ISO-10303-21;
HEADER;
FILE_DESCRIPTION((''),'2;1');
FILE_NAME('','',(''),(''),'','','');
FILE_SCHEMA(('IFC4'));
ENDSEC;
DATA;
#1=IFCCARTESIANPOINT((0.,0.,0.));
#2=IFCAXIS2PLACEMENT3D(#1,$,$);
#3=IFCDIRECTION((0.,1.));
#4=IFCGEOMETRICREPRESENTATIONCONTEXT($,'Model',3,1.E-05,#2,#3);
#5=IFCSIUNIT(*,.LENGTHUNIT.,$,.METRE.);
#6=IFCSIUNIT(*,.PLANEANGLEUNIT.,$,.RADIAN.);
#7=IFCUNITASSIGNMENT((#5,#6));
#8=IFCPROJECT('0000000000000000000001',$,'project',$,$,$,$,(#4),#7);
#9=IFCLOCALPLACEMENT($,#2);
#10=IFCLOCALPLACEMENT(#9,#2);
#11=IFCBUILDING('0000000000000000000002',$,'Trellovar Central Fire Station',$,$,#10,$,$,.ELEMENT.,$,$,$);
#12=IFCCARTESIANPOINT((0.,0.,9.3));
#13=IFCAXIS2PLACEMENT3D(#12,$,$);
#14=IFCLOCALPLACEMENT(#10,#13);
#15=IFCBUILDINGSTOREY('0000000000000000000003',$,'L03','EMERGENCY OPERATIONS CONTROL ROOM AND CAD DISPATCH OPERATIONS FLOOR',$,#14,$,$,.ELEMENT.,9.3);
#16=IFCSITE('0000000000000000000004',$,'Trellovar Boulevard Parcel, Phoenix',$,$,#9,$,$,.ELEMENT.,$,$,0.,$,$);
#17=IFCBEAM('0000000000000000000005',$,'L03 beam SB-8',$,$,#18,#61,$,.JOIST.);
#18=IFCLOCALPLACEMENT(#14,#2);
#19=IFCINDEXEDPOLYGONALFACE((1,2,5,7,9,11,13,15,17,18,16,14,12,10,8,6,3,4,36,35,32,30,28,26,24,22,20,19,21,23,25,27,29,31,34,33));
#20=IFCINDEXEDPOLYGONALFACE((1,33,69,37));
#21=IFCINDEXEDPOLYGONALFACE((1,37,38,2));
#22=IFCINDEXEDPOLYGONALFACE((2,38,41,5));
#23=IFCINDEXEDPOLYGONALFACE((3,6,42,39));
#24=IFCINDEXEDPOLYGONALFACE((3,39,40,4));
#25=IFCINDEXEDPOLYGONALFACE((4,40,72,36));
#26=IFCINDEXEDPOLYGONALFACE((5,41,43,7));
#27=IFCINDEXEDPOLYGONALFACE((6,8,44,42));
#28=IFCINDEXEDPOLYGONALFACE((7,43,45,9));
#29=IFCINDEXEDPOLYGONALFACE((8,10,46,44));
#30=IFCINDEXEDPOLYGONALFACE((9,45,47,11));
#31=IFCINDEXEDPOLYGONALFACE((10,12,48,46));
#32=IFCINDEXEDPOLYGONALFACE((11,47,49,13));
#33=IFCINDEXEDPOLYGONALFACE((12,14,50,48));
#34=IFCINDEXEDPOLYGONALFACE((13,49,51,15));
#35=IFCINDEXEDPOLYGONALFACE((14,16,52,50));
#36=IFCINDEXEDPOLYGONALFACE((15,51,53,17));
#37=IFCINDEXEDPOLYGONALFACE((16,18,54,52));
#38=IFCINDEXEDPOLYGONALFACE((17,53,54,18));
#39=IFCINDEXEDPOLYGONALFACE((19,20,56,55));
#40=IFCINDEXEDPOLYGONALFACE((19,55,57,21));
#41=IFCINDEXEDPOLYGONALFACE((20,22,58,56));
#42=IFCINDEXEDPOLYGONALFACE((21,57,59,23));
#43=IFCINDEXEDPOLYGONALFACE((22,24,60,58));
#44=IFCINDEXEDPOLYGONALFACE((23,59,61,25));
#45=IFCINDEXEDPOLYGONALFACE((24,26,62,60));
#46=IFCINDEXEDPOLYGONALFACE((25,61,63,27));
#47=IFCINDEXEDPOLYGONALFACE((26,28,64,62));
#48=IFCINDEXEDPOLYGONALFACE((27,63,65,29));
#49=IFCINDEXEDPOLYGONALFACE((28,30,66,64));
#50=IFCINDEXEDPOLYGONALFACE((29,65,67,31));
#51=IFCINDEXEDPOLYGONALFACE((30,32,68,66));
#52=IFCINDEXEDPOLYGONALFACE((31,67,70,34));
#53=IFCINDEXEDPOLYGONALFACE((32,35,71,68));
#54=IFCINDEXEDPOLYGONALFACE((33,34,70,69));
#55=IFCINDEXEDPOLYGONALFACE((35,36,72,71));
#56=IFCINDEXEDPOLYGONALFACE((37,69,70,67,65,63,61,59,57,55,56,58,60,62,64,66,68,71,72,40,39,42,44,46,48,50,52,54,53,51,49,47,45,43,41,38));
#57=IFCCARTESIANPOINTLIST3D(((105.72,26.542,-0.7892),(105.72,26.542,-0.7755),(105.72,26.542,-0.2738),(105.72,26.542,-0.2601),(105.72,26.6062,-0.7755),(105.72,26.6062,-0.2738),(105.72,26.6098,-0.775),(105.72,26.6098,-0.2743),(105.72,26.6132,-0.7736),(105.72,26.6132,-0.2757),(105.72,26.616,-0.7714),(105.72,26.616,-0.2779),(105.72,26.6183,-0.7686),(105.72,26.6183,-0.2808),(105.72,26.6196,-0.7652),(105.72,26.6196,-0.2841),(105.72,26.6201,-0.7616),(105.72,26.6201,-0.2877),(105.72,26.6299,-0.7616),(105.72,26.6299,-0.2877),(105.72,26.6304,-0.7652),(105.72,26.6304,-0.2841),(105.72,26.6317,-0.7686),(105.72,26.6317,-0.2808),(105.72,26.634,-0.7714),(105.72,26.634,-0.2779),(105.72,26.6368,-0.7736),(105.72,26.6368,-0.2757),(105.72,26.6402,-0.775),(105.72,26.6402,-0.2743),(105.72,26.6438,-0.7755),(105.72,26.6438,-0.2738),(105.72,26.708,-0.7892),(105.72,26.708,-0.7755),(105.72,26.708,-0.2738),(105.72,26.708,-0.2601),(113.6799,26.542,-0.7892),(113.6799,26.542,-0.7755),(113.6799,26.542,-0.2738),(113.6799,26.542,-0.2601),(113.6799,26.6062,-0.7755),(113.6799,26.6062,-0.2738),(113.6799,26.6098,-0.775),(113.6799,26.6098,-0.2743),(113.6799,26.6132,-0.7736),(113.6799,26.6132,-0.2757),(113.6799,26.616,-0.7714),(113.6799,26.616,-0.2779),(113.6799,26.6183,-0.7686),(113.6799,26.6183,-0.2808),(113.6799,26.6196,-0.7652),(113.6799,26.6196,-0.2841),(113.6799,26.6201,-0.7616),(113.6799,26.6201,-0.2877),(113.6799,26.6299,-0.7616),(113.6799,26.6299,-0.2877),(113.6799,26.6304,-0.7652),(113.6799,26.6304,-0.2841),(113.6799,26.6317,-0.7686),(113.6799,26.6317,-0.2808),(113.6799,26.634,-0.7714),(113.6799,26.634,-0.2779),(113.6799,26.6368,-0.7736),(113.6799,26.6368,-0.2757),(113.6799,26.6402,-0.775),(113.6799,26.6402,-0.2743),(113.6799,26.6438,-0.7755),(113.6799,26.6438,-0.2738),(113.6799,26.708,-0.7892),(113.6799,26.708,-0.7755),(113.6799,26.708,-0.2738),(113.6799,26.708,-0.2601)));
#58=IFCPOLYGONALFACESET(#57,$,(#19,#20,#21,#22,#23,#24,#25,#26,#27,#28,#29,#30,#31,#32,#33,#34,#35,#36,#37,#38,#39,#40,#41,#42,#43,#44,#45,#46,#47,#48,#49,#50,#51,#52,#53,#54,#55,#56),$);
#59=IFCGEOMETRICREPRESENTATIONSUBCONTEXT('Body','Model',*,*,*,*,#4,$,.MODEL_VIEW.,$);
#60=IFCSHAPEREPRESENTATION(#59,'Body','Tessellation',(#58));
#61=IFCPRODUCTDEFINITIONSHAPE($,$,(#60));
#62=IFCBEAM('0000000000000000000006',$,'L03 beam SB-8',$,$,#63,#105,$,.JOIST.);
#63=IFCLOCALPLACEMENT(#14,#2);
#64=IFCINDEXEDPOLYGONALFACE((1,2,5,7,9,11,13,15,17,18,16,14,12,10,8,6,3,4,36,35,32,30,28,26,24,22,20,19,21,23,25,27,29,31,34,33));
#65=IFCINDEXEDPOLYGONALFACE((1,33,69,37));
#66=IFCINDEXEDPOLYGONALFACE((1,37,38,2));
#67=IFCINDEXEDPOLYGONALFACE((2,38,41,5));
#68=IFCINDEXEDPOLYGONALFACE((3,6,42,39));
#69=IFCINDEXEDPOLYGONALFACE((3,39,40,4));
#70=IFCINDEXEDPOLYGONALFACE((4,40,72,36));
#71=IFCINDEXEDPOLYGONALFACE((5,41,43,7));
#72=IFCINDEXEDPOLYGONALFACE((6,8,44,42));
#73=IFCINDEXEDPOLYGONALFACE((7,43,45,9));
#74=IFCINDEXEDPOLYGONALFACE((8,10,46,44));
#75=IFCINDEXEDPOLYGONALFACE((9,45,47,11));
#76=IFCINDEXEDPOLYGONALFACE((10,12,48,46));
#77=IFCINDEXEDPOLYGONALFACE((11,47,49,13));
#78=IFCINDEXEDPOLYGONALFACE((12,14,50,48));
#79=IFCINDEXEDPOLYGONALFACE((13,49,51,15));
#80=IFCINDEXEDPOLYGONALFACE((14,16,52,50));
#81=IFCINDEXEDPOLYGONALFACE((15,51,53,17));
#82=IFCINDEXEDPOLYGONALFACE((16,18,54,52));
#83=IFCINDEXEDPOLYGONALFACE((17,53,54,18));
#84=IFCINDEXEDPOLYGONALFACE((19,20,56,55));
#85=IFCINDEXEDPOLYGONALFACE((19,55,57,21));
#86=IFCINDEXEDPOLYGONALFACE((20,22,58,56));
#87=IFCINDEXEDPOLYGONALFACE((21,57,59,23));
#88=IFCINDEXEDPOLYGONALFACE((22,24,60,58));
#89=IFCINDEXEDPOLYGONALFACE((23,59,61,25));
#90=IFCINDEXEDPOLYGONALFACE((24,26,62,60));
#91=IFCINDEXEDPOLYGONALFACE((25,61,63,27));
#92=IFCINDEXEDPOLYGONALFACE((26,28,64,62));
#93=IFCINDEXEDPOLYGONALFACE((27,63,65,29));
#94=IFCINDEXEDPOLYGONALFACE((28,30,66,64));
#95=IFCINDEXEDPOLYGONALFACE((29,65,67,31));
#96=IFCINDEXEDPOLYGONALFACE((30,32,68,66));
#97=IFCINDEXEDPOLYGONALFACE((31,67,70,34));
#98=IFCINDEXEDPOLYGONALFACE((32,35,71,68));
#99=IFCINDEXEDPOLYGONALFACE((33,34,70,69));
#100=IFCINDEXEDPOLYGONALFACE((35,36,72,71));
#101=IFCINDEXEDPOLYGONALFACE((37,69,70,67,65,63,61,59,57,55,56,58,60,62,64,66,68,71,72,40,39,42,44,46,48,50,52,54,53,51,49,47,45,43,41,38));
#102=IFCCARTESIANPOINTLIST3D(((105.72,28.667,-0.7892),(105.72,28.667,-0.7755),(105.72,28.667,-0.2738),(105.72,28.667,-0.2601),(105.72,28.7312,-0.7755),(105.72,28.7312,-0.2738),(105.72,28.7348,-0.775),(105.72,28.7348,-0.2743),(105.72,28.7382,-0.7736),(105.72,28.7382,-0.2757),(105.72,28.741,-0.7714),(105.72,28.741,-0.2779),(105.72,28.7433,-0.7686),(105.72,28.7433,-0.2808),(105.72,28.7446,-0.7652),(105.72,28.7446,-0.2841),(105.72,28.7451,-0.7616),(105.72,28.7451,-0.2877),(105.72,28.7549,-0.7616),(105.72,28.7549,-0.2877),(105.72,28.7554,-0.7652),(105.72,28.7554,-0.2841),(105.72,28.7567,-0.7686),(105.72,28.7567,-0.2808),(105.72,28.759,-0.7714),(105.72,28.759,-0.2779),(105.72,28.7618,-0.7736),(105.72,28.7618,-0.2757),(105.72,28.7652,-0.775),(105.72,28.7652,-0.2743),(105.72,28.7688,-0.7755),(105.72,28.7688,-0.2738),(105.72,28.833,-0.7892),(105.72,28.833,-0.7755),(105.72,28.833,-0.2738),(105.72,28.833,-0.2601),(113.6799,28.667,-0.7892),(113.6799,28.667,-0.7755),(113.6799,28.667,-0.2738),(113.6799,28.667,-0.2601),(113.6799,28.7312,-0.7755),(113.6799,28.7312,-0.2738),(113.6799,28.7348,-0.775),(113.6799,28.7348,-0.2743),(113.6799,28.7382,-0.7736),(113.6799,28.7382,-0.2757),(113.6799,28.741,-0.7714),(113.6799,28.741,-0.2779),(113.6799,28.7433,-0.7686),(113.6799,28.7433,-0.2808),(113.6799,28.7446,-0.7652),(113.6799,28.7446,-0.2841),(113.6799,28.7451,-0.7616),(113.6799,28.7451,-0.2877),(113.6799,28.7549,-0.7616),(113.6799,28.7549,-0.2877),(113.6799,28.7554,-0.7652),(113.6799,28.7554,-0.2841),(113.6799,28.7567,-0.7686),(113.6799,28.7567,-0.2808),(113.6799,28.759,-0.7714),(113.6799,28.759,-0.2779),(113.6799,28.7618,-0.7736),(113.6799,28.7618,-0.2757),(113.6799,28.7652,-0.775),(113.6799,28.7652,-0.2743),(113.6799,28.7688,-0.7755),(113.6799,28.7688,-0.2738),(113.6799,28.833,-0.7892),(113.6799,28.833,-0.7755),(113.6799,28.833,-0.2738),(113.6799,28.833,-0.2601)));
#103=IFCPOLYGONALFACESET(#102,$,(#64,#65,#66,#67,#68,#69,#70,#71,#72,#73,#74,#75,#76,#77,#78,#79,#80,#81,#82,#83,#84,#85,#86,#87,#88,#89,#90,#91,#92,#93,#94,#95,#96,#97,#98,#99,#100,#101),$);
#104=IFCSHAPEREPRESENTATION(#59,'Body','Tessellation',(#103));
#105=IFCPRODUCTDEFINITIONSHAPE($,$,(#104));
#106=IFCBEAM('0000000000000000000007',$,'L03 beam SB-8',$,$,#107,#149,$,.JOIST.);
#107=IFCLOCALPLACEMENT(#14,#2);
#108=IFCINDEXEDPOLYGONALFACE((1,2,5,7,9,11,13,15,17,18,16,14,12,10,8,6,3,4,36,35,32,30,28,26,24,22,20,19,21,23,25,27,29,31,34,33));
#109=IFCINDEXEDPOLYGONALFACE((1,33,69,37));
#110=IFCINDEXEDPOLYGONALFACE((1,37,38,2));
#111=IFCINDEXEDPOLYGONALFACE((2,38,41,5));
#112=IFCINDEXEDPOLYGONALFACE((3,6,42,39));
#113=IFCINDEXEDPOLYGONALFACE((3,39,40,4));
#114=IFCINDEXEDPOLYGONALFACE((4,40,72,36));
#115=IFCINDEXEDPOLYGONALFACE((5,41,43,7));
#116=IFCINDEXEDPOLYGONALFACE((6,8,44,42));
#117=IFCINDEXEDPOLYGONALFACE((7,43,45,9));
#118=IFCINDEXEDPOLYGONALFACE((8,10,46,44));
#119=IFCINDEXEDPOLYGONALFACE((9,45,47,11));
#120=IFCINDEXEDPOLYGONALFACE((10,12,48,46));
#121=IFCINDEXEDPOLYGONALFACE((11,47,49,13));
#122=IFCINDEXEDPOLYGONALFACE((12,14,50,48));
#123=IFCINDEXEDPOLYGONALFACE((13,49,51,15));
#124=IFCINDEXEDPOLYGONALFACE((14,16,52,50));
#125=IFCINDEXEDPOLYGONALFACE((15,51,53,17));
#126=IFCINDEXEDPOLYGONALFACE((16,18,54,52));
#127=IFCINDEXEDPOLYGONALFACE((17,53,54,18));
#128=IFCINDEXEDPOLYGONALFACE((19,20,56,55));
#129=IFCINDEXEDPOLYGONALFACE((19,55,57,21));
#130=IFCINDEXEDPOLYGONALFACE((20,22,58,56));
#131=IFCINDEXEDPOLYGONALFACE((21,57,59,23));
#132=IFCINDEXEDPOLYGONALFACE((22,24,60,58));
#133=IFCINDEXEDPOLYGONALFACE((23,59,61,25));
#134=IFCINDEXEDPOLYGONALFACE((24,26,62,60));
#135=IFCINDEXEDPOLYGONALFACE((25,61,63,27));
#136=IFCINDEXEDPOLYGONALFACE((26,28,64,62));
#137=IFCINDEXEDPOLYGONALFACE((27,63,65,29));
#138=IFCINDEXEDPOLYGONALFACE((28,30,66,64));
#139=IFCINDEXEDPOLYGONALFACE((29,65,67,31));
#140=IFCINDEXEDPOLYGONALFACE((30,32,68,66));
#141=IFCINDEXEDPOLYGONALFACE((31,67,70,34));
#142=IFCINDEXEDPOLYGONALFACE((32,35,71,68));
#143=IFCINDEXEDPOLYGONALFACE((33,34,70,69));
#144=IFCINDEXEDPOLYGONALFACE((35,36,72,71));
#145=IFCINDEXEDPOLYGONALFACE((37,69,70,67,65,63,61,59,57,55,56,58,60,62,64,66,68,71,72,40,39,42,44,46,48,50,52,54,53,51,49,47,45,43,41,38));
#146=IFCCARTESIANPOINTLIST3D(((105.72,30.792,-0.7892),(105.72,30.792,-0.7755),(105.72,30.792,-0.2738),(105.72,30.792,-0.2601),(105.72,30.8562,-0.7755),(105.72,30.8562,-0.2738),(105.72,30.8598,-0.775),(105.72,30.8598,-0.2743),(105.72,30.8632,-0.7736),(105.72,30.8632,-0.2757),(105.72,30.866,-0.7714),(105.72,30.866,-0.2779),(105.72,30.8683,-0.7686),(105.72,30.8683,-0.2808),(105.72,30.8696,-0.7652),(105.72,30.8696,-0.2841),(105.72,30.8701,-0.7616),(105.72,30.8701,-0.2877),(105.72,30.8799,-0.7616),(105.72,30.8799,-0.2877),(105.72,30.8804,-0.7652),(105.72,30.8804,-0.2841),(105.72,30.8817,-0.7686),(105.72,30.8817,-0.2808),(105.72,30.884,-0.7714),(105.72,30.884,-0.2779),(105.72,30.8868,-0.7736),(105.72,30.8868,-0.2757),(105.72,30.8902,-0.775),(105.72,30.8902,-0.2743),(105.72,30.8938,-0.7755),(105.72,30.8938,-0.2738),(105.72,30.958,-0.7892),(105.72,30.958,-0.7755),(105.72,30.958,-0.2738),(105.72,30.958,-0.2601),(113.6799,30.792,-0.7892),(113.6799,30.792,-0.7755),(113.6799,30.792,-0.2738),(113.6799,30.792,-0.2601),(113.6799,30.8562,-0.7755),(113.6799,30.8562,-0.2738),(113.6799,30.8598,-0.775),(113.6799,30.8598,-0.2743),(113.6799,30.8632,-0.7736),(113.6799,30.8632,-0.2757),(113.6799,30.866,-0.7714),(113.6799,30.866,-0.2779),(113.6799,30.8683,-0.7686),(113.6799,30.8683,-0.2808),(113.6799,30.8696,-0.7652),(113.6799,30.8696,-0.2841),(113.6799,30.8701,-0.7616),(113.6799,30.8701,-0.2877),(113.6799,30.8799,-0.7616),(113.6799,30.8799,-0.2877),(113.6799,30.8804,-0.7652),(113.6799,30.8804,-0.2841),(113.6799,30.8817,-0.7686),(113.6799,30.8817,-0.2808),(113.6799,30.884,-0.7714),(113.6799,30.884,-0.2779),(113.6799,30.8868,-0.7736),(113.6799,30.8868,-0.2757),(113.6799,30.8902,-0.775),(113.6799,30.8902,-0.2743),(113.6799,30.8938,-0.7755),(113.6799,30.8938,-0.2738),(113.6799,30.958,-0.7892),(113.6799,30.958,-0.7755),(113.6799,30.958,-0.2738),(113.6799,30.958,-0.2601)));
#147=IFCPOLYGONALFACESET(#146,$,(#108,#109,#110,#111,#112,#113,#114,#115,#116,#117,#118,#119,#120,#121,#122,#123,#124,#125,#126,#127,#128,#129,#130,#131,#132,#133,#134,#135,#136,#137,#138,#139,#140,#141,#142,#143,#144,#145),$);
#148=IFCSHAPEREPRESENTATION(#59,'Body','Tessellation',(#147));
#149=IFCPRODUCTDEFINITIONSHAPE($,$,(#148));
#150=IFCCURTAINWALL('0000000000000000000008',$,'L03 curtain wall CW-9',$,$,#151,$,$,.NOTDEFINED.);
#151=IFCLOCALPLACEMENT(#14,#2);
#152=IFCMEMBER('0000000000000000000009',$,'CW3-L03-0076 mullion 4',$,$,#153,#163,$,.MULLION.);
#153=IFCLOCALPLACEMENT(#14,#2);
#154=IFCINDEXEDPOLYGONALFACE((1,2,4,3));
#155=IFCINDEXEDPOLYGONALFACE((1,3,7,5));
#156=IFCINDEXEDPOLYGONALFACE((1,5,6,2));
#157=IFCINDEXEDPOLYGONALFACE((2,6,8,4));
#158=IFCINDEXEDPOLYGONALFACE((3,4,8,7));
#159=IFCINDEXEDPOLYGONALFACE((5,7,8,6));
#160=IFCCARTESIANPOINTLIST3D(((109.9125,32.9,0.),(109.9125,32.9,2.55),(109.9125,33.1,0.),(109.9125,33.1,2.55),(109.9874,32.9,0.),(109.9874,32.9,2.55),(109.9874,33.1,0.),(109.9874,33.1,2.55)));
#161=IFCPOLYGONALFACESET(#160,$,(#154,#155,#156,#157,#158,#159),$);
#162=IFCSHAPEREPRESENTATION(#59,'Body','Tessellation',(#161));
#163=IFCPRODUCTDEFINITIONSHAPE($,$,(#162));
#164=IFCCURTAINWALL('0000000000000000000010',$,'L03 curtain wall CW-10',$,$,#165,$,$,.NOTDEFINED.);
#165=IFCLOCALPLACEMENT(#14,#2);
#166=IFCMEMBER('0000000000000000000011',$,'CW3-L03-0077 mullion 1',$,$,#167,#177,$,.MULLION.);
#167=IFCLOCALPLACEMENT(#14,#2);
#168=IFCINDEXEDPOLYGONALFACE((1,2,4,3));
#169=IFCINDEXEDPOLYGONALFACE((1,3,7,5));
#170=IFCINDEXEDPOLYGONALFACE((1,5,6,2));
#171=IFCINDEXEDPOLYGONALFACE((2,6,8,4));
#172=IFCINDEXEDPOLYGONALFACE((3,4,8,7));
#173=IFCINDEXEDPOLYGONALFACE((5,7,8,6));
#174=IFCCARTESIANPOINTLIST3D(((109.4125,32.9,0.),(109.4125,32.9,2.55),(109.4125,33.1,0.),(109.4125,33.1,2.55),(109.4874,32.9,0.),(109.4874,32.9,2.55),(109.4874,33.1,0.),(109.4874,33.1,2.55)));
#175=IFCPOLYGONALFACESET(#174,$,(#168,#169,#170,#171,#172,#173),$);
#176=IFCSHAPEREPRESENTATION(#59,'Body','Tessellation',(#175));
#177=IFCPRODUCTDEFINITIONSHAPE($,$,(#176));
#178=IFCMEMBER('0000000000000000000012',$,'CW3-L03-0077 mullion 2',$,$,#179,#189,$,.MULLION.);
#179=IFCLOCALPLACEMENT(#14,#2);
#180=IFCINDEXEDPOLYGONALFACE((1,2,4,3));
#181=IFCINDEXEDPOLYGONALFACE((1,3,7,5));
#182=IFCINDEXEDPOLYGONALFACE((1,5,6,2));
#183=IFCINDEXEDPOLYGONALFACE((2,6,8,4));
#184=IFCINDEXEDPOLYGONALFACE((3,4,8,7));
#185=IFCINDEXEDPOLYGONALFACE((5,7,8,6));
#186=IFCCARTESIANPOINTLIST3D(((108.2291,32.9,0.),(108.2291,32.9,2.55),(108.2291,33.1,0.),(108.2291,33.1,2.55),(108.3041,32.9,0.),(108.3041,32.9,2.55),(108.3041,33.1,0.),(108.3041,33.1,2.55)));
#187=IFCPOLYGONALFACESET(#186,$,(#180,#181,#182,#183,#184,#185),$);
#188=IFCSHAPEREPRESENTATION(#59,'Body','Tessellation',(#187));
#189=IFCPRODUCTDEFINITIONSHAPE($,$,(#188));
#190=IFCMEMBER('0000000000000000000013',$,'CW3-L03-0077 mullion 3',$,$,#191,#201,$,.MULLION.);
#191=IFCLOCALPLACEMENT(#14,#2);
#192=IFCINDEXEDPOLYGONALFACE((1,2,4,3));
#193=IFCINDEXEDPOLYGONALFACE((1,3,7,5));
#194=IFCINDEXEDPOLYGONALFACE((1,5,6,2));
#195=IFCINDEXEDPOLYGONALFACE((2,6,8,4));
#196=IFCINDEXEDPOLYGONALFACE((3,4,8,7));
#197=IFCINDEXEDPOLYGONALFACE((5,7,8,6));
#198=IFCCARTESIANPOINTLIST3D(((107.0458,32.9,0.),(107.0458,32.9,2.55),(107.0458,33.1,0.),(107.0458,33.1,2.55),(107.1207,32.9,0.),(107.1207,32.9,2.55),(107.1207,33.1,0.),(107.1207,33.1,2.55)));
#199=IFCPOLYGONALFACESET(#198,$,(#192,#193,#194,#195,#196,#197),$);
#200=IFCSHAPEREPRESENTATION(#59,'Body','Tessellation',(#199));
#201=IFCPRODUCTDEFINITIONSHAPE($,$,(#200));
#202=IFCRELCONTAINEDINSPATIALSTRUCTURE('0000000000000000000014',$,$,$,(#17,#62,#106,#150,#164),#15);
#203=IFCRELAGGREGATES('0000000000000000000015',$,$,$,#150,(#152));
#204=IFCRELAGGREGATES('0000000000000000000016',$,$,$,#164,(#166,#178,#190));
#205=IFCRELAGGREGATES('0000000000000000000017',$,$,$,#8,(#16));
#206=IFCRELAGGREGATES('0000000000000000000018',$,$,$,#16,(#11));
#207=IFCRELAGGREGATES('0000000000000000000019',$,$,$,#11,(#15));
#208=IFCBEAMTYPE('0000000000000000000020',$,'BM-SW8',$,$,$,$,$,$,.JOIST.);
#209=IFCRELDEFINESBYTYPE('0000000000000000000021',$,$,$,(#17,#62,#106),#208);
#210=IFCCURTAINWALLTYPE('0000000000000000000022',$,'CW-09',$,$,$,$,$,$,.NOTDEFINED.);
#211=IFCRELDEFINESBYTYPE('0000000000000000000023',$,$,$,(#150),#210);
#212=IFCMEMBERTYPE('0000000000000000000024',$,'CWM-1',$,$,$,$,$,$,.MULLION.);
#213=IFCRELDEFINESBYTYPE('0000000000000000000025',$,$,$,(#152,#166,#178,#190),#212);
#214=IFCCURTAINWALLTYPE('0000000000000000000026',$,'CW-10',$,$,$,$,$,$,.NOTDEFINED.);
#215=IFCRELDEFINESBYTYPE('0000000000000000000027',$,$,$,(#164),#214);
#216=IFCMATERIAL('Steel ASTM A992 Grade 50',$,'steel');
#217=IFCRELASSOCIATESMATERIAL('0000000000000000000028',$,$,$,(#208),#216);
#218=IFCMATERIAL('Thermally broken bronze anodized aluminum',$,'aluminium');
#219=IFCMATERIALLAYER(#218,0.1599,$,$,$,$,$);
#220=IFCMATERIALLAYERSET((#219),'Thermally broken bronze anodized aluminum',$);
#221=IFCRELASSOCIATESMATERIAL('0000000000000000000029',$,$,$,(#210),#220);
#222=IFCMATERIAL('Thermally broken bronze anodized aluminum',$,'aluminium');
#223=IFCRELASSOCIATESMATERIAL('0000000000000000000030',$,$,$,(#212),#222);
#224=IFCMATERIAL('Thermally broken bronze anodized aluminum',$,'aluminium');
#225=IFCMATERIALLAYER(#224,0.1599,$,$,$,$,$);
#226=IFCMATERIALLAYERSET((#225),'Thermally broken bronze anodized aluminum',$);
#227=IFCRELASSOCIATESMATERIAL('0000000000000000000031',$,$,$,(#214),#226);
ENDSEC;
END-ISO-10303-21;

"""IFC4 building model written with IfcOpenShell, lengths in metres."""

from ifc_helpers import new_model, si_unit, direction, frame, origin, origin_2d, place, context, subcontext, project, spatial, rectangle, i_section, extrude, material, layer, layer_set, material_profile, profile_set, type_object, element, aggregate, save


model = new_model("IFC4")

# Units and contexts
model_context = context("Model", 3, precision=1e-05, world=origin(), true_north=direction((0.0, 1.0)))
body_context = subcontext(model_context, "Body", "Model", "MODEL_VIEW")
ifc_project = project(units=[si_unit("LENGTHUNIT", "METRE"), si_unit("PLANEANGLEUNIT", "RADIAN")], contexts=[model_context])

# Site, building, storey
site_placement = place(None, origin())
site = spatial("IfcSite", under=ifc_project, at=site_placement, Name="Trellovar Boulevard Parcel, Phoenix", CompositionType="ELEMENT", RefElevation=0.0)
building_placement = place(site_placement, origin())
building = spatial("IfcBuilding", under=site, at=building_placement, Name="Trellovar Central Fire Station", CompositionType="ELEMENT")
storey_placement = place(building_placement, frame((0.0, 0.0, 9.3)))
storey = spatial("IfcBuildingStorey", under=building, at=storey_placement, Name="L03", Description="EMERGENCY OPERATIONS CONTROL ROOM AND CAD DISPATCH OPERATIONS FLOOR", CompositionType="ELEMENT", Elevation=9.3)

# Beams
ifc_material_1 = material(Name="Steel ASTM A992 Grade 50", Category="steel")
ifc_material_profile_1 = material_profile(ifc_material_1, i_section(OverallWidth=0.166, OverallDepth=0.5291, WebThickness=0.0098, FlangeThickness=0.0137, FilletRadius=0.0139, at=origin_2d()), Name="W21X50")
ifc_profile_set_1 = profile_set([ifc_material_profile_1], Name="Steel ASTM A992 Grade 50")
beam_type = type_object("IfcBeamType", Name="BM-SW8", PredefinedType="JOIST", material=ifc_profile_set_1)
for number, where, z_axis, x_axis, name in (
    (1, (105.72, 26.625, -0.5247), (1.0, 0.0, 0.0), (0.0, 1.0, 0.0), "L03 beam SB-8"),
    (2, (105.72, 28.75, -0.5247), (1.0, 0.0, 0.0), (0.0, 1.0, 0.0), "L03 beam SB-8"),
    (3, (105.72, 30.875, -0.5247), (1.0, 0.0, 0.0), (0.0, 1.0, 0.0), "L03 beam SB-8"),
):
    element("IfcBeam", number, at=place(storey_placement, frame(where, z_axis=z_axis, x_axis=x_axis)), inside=storey, type_object=beam_type, Name=name, PredefinedType="JOIST", context=body_context, shape_type="SweptSolid", body=[
        extrude(i_section(OverallWidth=0.166, OverallDepth=0.5291, WebThickness=0.0098, FlangeThickness=0.0137, FilletRadius=0.0139, at=origin_2d()), origin(), (0.0, 0.0, 1.0), 7.96),
    ])

# Curtain wall, member
ifc_material_2 = material(Name="Thermally broken bronze anodized aluminum", Category="aluminium")
ifc_layer_1 = layer(ifc_material_2, 0.1599)
ifc_layer_set_1 = layer_set([ifc_layer_1], Name="Thermally broken bronze anodized aluminum")
curtain_wall_type_1 = type_object("IfcCurtainWallType", Name="CW-09", PredefinedType="NOTDEFINED", material=ifc_layer_set_1)
curtain_wall_1_placement = place(storey_placement, origin())
curtain_wall_1 = element("IfcCurtainWall", 4, at=curtain_wall_1_placement, inside=storey, type_object=curtain_wall_type_1, Name="L03 curtain wall CW-9", PredefinedType="NOTDEFINED")
ifc_material_3 = material(Name="Thermally broken bronze anodized aluminum", Category="aluminium")
ifc_material_profile_2 = material_profile(ifc_material_3, rectangle(XDim=0.075, YDim=0.2, at=origin_2d()), Name="ALU75X200")
ifc_profile_set_2 = profile_set([ifc_material_profile_2], Name="Thermally broken bronze anodized aluminum")
member_type_1 = type_object("IfcMemberType", Name="CWM-1", PredefinedType="MULLION", material=ifc_profile_set_2)
member_1_placement = place(storey_placement, frame((109.95, 33.0, 0.0), z_axis=(0.0, 0.0, 1.0), x_axis=(1.0, 0.0, 0.0)))
member_1 = element("IfcMember", 5, at=member_1_placement, type_object=member_type_1, Name="CW3-L03-0076 mullion 4", PredefinedType="MULLION", context=body_context, shape_type="SweptSolid", body=[
    extrude(rectangle(XDim=0.075, YDim=0.2, at=origin_2d()), origin(), (0.0, 0.0, 1.0), 2.55),
])

# Curtain wall, members
ifc_material_4 = material(Name="Thermally broken bronze anodized aluminum", Category="aluminium")
ifc_layer_2 = layer(ifc_material_4, 0.1599)
ifc_layer_set_2 = layer_set([ifc_layer_2], Name="Thermally broken bronze anodized aluminum")
curtain_wall_type_2 = type_object("IfcCurtainWallType", Name="CW-10", PredefinedType="NOTDEFINED", material=ifc_layer_set_2)
curtain_wall_2_placement = place(storey_placement, origin())
curtain_wall_2 = element("IfcCurtainWall", 6, at=curtain_wall_2_placement, inside=storey, type_object=curtain_wall_type_2, Name="L03 curtain wall CW-10", PredefinedType="NOTDEFINED")
member_2_placement = place(storey_placement, frame((109.45, 33.0, 0.0), z_axis=(0.0, 0.0, 1.0), x_axis=(1.0, 0.0, 0.0)))
member_2 = element("IfcMember", 7, at=member_2_placement, type_object=member_type_1, Name="CW3-L03-0077 mullion 1", PredefinedType="MULLION", context=body_context, shape_type="SweptSolid", body=[
    extrude(rectangle(XDim=0.075, YDim=0.2, at=origin_2d()), origin(), (0.0, 0.0, 1.0), 2.55),
])
member_3_placement = place(storey_placement, frame((108.2666, 33.0, 0.0), z_axis=(0.0, 0.0, 1.0), x_axis=(1.0, 0.0, 0.0)))
member_3 = element("IfcMember", 8, at=member_3_placement, type_object=member_type_1, Name="CW3-L03-0077 mullion 2", PredefinedType="MULLION", context=body_context, shape_type="SweptSolid", body=[
    extrude(rectangle(XDim=0.075, YDim=0.2, at=origin_2d()), origin(), (0.0, 0.0, 1.0), 2.55),
])
member_4_placement = place(storey_placement, frame((107.0833, 33.0, 0.0), z_axis=(0.0, 0.0, 1.0), x_axis=(1.0, 0.0, 0.0)))
member_4 = element("IfcMember", 9, at=member_4_placement, type_object=member_type_1, Name="CW3-L03-0077 mullion 3", PredefinedType="MULLION", context=body_context, shape_type="SweptSolid", body=[
    extrude(rectangle(XDim=0.075, YDim=0.2, at=origin_2d()), origin(), (0.0, 0.0, 1.0), 2.55),
])

aggregate(curtain_wall_1, [member_1])
aggregate(curtain_wall_2, [member_2, member_3, member_4])

save(model, "model.ifc")
